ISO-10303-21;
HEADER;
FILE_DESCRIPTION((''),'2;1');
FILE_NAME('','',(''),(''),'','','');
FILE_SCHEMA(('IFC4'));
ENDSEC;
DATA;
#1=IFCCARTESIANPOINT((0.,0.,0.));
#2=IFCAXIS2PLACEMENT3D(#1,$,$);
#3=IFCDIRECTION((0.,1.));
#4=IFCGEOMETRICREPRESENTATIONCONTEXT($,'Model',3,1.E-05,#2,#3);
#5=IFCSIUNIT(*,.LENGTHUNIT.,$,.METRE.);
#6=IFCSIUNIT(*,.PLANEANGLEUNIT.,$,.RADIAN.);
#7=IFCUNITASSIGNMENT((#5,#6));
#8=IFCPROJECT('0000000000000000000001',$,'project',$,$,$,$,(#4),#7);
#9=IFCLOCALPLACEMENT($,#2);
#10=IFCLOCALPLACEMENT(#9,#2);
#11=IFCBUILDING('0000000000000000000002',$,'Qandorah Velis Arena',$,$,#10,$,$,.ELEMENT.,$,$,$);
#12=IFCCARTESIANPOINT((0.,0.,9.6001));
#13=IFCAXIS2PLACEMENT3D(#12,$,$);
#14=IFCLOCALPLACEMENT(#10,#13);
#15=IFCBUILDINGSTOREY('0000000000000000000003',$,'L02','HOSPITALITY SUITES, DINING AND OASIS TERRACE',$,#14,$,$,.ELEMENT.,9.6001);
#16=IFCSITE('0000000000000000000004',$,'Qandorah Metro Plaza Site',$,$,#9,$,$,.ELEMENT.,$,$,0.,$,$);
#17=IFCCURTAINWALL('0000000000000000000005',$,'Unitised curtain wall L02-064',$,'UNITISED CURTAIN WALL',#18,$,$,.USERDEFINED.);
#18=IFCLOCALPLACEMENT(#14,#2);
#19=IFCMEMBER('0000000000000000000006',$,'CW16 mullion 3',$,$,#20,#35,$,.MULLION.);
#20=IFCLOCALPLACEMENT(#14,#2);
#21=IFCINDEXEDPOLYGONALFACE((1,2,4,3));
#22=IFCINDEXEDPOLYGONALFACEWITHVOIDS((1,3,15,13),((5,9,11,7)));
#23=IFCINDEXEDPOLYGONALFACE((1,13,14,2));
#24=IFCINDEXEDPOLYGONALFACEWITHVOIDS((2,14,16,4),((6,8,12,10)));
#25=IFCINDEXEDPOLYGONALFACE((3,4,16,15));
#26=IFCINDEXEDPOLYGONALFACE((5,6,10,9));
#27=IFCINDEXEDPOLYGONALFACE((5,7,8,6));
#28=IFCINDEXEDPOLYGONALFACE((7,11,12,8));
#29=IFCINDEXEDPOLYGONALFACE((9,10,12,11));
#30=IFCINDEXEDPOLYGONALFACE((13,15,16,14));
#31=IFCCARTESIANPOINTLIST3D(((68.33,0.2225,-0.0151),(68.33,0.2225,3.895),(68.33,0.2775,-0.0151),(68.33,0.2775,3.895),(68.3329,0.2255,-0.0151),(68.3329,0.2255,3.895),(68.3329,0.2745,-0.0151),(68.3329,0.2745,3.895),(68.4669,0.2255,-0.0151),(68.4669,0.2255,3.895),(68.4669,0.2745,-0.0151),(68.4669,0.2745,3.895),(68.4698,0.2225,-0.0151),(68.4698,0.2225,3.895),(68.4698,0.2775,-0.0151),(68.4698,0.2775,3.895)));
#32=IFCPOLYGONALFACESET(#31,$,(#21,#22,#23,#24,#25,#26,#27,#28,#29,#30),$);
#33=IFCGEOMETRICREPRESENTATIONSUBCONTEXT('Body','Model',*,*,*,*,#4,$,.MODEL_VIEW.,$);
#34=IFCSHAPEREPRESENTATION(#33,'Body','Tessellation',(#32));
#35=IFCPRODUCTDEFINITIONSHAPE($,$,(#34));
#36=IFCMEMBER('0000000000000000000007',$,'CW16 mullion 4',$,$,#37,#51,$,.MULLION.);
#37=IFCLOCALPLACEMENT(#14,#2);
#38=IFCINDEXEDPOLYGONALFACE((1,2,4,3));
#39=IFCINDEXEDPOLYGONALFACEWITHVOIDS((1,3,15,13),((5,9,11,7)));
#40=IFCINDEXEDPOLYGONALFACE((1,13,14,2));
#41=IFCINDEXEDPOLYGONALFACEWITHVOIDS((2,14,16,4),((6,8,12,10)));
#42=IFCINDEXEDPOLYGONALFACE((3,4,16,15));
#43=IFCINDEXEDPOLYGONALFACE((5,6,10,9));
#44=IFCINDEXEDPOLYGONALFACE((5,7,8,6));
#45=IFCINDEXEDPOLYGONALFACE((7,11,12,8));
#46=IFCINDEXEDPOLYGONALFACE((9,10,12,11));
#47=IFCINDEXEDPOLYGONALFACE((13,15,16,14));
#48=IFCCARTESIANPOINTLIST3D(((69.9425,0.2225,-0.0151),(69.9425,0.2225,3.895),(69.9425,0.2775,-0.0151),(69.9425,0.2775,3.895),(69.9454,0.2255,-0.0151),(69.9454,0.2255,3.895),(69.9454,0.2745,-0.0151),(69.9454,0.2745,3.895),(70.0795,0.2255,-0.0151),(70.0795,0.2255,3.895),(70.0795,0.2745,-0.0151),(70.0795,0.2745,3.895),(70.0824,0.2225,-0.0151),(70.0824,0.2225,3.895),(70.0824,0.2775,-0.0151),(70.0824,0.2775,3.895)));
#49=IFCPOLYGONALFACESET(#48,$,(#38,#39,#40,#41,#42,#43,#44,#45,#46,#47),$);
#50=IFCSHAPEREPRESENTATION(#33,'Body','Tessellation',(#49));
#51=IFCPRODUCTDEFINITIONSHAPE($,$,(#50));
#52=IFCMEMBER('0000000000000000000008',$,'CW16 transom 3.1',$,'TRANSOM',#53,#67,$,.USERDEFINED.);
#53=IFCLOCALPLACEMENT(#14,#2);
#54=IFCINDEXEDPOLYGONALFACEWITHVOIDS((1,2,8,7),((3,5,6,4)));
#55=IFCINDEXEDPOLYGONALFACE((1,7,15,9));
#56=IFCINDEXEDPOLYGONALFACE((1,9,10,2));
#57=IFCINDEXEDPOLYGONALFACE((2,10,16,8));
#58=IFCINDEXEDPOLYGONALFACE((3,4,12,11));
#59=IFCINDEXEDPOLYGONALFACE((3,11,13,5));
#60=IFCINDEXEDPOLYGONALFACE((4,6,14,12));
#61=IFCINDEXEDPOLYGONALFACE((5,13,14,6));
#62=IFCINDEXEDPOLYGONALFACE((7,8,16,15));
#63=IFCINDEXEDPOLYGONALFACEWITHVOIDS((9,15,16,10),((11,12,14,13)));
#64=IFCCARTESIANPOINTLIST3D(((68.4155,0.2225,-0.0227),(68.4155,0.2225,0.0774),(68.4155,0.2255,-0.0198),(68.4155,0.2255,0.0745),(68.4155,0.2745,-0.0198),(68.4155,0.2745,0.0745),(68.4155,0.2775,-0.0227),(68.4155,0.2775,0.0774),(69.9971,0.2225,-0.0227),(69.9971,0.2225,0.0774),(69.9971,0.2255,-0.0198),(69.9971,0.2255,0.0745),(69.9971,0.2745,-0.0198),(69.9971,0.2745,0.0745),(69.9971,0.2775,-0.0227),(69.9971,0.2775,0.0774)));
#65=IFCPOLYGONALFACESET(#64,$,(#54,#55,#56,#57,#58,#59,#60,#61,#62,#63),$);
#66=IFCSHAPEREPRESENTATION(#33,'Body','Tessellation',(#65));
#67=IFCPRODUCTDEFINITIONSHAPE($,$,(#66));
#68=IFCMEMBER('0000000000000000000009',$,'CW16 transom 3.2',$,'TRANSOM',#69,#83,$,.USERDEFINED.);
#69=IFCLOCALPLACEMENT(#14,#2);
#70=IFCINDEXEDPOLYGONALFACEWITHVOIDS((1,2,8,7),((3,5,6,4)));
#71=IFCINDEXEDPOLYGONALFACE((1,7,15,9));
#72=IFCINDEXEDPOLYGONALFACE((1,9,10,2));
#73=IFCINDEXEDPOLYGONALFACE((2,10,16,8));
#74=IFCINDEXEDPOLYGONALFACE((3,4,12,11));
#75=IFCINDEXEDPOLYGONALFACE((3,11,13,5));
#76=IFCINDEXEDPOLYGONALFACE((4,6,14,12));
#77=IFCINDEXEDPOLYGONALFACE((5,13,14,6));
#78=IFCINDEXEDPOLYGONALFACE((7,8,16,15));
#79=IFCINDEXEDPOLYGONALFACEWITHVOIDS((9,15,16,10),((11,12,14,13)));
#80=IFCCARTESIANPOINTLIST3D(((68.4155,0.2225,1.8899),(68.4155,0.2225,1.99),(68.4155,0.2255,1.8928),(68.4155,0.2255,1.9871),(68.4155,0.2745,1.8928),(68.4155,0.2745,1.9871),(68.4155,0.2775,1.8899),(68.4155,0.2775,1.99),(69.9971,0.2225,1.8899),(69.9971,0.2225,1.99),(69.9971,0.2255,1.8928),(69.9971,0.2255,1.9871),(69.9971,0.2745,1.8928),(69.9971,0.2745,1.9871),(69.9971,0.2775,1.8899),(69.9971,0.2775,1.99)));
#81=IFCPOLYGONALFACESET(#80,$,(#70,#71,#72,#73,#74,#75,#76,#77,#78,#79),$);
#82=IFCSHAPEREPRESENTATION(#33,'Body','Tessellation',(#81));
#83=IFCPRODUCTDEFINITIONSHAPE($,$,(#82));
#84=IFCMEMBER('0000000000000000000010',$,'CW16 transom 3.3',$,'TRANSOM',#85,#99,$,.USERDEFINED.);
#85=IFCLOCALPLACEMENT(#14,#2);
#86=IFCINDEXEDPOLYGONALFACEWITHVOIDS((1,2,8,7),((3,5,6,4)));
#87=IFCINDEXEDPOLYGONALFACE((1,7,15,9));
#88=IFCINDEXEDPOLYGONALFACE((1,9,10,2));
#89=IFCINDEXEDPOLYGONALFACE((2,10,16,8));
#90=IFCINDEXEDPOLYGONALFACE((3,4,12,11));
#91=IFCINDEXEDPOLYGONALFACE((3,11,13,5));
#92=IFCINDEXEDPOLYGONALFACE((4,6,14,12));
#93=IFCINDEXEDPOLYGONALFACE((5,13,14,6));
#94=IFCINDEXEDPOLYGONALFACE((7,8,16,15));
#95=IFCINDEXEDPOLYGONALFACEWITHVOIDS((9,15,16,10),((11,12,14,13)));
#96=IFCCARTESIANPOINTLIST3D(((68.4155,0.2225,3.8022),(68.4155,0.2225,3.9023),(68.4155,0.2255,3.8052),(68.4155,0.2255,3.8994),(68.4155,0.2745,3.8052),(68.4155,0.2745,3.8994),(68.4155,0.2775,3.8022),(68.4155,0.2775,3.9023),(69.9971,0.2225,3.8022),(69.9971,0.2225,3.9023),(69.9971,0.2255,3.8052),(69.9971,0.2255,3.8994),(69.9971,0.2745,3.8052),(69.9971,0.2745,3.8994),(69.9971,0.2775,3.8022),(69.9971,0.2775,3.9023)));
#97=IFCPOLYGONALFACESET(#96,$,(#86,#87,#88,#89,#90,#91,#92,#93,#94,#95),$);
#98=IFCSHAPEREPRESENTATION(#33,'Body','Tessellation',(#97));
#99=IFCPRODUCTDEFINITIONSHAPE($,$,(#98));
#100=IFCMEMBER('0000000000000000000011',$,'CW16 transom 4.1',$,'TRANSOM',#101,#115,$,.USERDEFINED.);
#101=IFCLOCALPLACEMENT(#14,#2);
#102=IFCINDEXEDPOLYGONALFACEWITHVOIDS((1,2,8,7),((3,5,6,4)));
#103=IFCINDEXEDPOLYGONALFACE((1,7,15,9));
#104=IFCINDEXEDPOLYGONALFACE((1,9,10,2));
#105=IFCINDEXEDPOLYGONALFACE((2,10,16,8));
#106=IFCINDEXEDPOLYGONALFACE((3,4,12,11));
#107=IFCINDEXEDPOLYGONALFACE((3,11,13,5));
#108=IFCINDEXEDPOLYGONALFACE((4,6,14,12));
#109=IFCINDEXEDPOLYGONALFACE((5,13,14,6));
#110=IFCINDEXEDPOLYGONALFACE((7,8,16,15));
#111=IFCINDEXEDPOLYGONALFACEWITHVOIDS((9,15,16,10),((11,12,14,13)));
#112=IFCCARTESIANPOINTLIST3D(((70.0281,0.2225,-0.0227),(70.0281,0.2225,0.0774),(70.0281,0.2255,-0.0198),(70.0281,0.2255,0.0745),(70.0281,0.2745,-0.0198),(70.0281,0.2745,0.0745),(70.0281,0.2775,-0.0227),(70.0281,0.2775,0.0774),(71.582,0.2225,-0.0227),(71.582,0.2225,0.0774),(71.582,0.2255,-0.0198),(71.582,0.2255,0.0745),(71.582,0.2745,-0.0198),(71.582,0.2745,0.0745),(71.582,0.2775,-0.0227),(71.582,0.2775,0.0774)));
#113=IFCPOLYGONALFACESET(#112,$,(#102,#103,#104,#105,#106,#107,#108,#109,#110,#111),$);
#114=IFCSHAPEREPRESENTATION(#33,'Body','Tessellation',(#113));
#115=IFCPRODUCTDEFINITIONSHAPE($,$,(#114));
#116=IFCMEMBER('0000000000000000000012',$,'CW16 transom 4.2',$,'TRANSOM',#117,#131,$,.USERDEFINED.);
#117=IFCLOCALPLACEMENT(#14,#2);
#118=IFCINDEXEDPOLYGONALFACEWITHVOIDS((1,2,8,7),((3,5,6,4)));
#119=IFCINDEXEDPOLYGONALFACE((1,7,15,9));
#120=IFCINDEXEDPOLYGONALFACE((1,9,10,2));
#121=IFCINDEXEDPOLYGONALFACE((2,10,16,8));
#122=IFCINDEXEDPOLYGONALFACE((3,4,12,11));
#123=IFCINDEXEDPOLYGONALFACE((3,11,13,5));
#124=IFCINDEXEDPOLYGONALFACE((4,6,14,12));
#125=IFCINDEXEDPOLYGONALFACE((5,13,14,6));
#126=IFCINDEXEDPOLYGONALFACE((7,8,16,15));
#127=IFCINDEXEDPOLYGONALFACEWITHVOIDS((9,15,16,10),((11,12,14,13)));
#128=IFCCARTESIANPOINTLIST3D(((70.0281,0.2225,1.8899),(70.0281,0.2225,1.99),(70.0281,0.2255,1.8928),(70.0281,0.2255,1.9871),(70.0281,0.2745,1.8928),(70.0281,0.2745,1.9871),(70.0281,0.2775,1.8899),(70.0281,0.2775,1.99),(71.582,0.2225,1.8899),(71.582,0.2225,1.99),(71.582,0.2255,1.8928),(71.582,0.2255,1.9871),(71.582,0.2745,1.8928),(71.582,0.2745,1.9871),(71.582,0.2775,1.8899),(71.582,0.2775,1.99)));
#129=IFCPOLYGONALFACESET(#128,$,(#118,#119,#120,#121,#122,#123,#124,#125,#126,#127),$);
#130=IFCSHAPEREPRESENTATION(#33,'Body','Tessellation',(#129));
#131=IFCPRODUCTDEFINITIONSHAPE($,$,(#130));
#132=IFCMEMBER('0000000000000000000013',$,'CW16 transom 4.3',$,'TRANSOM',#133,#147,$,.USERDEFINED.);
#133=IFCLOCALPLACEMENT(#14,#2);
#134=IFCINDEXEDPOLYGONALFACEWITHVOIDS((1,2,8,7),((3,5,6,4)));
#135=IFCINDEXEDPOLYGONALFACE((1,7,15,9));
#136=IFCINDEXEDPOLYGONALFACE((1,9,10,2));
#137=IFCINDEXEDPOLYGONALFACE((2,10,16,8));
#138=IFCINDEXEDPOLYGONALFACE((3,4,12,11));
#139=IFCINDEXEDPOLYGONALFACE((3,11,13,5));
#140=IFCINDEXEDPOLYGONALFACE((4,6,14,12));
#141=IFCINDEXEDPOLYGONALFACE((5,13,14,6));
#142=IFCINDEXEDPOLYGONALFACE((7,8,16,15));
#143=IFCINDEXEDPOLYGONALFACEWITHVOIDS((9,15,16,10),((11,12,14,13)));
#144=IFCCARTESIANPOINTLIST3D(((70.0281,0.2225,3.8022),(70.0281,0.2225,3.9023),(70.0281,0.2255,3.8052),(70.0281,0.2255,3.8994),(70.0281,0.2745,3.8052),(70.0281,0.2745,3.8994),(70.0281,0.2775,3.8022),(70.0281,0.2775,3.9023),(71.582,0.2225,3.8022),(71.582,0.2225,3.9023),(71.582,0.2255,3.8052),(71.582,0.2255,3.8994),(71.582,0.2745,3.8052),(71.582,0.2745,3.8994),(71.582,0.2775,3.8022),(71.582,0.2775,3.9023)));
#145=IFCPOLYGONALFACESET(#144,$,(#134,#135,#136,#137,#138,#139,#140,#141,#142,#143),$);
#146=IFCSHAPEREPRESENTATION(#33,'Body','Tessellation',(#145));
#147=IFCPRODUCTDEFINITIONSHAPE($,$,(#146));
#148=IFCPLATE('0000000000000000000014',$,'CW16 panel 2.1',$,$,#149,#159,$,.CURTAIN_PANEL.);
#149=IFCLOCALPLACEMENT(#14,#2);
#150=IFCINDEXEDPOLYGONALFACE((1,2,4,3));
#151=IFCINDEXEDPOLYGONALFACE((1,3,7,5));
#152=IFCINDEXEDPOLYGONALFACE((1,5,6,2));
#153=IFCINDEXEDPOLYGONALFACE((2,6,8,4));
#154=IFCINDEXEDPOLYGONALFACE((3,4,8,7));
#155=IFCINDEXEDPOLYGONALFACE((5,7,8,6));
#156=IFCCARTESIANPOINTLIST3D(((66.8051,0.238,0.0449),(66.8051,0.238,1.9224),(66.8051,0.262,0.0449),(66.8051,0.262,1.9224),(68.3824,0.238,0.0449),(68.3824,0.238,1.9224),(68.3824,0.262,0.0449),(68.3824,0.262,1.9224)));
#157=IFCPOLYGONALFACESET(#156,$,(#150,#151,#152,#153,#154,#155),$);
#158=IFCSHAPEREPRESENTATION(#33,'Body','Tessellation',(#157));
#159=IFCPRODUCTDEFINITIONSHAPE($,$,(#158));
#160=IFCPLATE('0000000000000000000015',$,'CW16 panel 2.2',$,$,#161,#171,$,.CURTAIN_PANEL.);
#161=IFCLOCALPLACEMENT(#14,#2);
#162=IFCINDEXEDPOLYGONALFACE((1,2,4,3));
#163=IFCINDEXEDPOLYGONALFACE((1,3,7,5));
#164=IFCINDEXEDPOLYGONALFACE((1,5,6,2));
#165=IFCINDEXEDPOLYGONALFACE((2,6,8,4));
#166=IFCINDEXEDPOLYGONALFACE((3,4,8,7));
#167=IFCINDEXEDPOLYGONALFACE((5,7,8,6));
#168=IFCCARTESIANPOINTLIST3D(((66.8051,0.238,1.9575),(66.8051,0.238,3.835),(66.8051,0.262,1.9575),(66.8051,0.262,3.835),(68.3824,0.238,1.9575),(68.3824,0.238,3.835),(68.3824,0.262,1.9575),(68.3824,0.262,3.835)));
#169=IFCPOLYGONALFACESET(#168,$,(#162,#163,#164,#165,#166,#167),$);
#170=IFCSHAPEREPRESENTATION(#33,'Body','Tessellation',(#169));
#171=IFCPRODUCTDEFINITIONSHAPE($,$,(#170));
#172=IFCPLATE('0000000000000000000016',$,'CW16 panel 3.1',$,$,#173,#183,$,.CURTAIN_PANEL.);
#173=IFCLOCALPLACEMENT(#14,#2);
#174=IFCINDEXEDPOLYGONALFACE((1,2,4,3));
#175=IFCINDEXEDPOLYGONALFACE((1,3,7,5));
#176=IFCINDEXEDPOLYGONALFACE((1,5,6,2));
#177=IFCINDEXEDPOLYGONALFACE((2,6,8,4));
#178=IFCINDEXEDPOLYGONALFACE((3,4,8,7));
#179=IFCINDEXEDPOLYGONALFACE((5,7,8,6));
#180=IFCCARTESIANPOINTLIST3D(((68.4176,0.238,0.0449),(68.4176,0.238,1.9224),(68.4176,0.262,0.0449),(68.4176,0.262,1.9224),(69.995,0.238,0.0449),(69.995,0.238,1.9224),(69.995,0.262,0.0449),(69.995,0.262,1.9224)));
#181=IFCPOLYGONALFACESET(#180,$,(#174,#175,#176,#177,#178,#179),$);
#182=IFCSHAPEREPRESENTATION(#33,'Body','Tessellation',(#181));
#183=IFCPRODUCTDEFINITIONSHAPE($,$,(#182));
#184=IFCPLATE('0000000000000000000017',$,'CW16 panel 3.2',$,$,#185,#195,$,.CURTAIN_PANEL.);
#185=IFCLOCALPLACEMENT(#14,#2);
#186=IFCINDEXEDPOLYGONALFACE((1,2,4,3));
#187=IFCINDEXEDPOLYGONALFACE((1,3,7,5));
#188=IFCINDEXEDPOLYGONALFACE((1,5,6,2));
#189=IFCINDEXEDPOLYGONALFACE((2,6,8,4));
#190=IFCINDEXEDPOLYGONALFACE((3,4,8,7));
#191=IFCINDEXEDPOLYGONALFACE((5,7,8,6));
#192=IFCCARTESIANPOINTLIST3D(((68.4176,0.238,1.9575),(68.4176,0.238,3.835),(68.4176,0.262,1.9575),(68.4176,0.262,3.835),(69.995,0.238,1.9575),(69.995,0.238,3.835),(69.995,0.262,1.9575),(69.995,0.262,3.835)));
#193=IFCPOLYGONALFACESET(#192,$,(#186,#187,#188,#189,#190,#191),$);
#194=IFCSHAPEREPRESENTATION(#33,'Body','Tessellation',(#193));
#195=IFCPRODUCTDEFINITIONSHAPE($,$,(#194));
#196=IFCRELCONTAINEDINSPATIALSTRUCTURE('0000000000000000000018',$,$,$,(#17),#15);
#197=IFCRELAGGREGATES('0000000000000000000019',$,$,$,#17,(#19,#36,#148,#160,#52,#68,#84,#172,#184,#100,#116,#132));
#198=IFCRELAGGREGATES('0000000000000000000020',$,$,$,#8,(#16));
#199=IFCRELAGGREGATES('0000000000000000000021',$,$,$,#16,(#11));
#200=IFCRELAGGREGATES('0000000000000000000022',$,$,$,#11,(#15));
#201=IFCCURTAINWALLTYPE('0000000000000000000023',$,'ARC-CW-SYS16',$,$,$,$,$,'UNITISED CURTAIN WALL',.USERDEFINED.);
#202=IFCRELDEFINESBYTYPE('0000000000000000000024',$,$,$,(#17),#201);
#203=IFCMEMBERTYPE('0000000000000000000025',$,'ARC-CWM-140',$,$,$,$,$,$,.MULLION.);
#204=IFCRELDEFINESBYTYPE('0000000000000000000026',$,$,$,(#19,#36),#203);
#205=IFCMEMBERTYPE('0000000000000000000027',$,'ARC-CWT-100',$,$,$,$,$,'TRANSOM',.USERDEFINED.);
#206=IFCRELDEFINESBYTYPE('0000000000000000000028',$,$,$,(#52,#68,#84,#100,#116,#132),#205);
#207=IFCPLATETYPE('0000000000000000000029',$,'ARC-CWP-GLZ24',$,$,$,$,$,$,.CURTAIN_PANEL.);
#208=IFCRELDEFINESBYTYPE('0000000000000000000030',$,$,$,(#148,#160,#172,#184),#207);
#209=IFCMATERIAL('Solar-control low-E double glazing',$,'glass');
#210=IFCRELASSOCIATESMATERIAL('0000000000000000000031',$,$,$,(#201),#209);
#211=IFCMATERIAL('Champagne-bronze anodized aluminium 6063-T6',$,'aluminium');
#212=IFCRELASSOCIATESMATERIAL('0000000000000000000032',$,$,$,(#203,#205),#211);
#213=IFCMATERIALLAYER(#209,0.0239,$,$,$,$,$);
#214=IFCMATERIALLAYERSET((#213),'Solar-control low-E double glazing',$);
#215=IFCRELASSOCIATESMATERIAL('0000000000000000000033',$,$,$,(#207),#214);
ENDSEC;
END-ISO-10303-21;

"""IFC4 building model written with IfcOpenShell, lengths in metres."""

from ifc_helpers import new_model, si_unit, direction, frame, origin, origin_2d, place, context, subcontext, project, spatial, rectangle, hollow_rectangle, extrude, material, layer, layer_set, material_profile, profile_set, type_object, element, aggregate, save


model = new_model("IFC4")

# Units and contexts
model_context = context("Model", 3, precision=1e-05, world=origin(), true_north=direction((0.0, 1.0)))
body_context = subcontext(model_context, "Body", "Model", "MODEL_VIEW")
ifc_project = project(units=[si_unit("LENGTHUNIT", "METRE"), si_unit("PLANEANGLEUNIT", "RADIAN")], contexts=[model_context])

# Site, building, storey
site_placement = place(None, origin())
site = spatial("IfcSite", under=ifc_project, at=site_placement, Name="Qandorah Metro Plaza Site", CompositionType="ELEMENT", RefElevation=0.0)
building_placement = place(site_placement, origin())
building = spatial("IfcBuilding", under=site, at=building_placement, Name="Qandorah Velis Arena", CompositionType="ELEMENT")
storey_placement = place(building_placement, frame((0.0, 0.0, 9.6001)))
storey = spatial("IfcBuildingStorey", under=building, at=storey_placement, Name="L02", Description="HOSPITALITY SUITES, DINING AND OASIS TERRACE", CompositionType="ELEMENT", Elevation=9.6001)

# Curtain wall, members, plates
ifc_material_1 = material(Name="Solar-control low-E double glazing", Category="glass")
curtain_wall_type = type_object("IfcCurtainWallType", Name="ARC-CW-SYS16", ElementType="UNITISED CURTAIN WALL", PredefinedType="USERDEFINED", material=ifc_material_1)
curtain_wall_placement = place(storey_placement, origin())
curtain_wall = element("IfcCurtainWall", 1, at=curtain_wall_placement, inside=storey, type_object=curtain_wall_type, Name="Unitised curtain wall L02-064", ObjectType="UNITISED CURTAIN WALL", PredefinedType="USERDEFINED")
ifc_material_2 = material(Name="Champagne-bronze anodized aluminium 6063-T6", Category="aluminium")
ifc_material_profile_1 = material_profile(ifc_material_2, hollow_rectangle(XDim=0.0549, YDim=0.1399, WallThickness=0.0029, at=origin_2d()), Name="ALU MULLION 55x140")
ifc_profile_set_1 = profile_set([ifc_material_profile_1], Name="Champagne-bronze anodized aluminium 6063-T6")
member_type_1 = type_object("IfcMemberType", Name="ARC-CWM-140", PredefinedType="MULLION", material=ifc_profile_set_1)
member_1_placement = place(storey_placement, frame((68.3999, 0.25, -0.0151), z_axis=(0.0, 0.0, 1.0), x_axis=(0.0, 1.0, 0.0)))
member_1 = element("IfcMember", 2, at=member_1_placement, type_object=member_type_1, Name="CW16 mullion 3", PredefinedType="MULLION", context=body_context, shape_type="SweptSolid", body=[
    extrude(hollow_rectangle(XDim=0.0549, YDim=0.1399, WallThickness=0.0029, at=origin_2d()), origin(), (0.0, 0.0, 1.0), 3.9102),
])
member_2_placement = place(storey_placement, frame((70.0125, 0.25, -0.0151), z_axis=(0.0, 0.0, 1.0), x_axis=(0.0, 1.0, 0.0)))
member_2 = element("IfcMember", 3, at=member_2_placement, type_object=member_type_1, Name="CW16 mullion 4", PredefinedType="MULLION", context=body_context, shape_type="SweptSolid", body=[
    extrude(hollow_rectangle(XDim=0.0549, YDim=0.1399, WallThickness=0.0029, at=origin_2d()), origin(), (0.0, 0.0, 1.0), 3.9102),
])
ifc_material_profile_2 = material_profile(ifc_material_2, hollow_rectangle(XDim=0.0549, YDim=0.1001, WallThickness=0.0029, at=origin_2d()), Name="ALU TRANSOM 55x100")
ifc_profile_set_2 = profile_set([ifc_material_profile_2], Name="Champagne-bronze anodized aluminium 6063-T6")
member_type_2 = type_object("IfcMemberType", Name="ARC-CWT-100", ElementType="TRANSOM", PredefinedType="USERDEFINED", material=ifc_profile_set_2)
member_3_placement = place(storey_placement, frame((68.4155, 0.25, 0.0273), z_axis=(1.0, 0.0, 0.0), x_axis=(0.0, 1.0, 0.0)))
member_3 = element("IfcMember", 4, at=member_3_placement, type_object=member_type_2, Name="CW16 transom 3.1", ObjectType="TRANSOM", PredefinedType="USERDEFINED", context=body_context, shape_type="SweptSolid", body=[
    extrude(hollow_rectangle(XDim=0.0549, YDim=0.1001, WallThickness=0.0029, at=origin_2d()), origin(), (0.0, 0.0, 1.0), 1.5815),
])
member_4_placement = place(storey_placement, frame((68.4155, 0.25, 1.9399), z_axis=(1.0, 0.0, 0.0), x_axis=(0.0, 1.0, 0.0)))
member_4 = element("IfcMember", 5, at=member_4_placement, type_object=member_type_2, Name="CW16 transom 3.2", ObjectType="TRANSOM", PredefinedType="USERDEFINED", context=body_context, shape_type="SweptSolid", body=[
    extrude(hollow_rectangle(XDim=0.0549, YDim=0.1001, WallThickness=0.0029, at=origin_2d()), origin(), (0.0, 0.0, 1.0), 1.5815),
])
member_5_placement = place(storey_placement, frame((68.4155, 0.25, 3.8523), z_axis=(1.0, 0.0, 0.0), x_axis=(0.0, 1.0, 0.0)))
member_5 = element("IfcMember", 6, at=member_5_placement, type_object=member_type_2, Name="CW16 transom 3.3", ObjectType="TRANSOM", PredefinedType="USERDEFINED", context=body_context, shape_type="SweptSolid", body=[
    extrude(hollow_rectangle(XDim=0.0549, YDim=0.1001, WallThickness=0.0029, at=origin_2d()), origin(), (0.0, 0.0, 1.0), 1.5815),
])
member_6_placement = place(storey_placement, frame((70.0281, 0.25, 0.0273), z_axis=(1.0, 0.0, 0.0), x_axis=(0.0, 1.0, 0.0)))
member_6 = element("IfcMember", 7, at=member_6_placement, type_object=member_type_2, Name="CW16 transom 4.1", ObjectType="TRANSOM", PredefinedType="USERDEFINED", context=body_context, shape_type="SweptSolid", body=[
    extrude(hollow_rectangle(XDim=0.0549, YDim=0.1001, WallThickness=0.0029, at=origin_2d()), origin(), (0.0, 0.0, 1.0), 1.554),
])
member_7_placement = place(storey_placement, frame((70.0281, 0.25, 1.9399), z_axis=(1.0, 0.0, 0.0), x_axis=(0.0, 1.0, 0.0)))
member_7 = element("IfcMember", 8, at=member_7_placement, type_object=member_type_2, Name="CW16 transom 4.2", ObjectType="TRANSOM", PredefinedType="USERDEFINED", context=body_context, shape_type="SweptSolid", body=[
    extrude(hollow_rectangle(XDim=0.0549, YDim=0.1001, WallThickness=0.0029, at=origin_2d()), origin(), (0.0, 0.0, 1.0), 1.554),
])
member_8_placement = place(storey_placement, frame((70.0281, 0.25, 3.8523), z_axis=(1.0, 0.0, 0.0), x_axis=(0.0, 1.0, 0.0)))
member_8 = element("IfcMember", 9, at=member_8_placement, type_object=member_type_2, Name="CW16 transom 4.3", ObjectType="TRANSOM", PredefinedType="USERDEFINED", context=body_context, shape_type="SweptSolid", body=[
    extrude(hollow_rectangle(XDim=0.0549, YDim=0.1001, WallThickness=0.0029, at=origin_2d()), origin(), (0.0, 0.0, 1.0), 1.554),
])
ifc_layer_1 = layer(ifc_material_1, 0.0239)
ifc_layer_set_1 = layer_set([ifc_layer_1], Name="Solar-control low-E double glazing")
plate_type = type_object("IfcPlateType", Name="ARC-CWP-GLZ24", PredefinedType="CURTAIN_PANEL", material=ifc_layer_set_1)
plate_1_placement = place(storey_placement, frame((67.5938, 0.25, 0.0449), z_axis=(0.0, 0.0, 1.0), x_axis=(1.0, 0.0, 0.0)))
plate_1 = element("IfcPlate", 10, at=plate_1_placement, type_object=plate_type, Name="CW16 panel 2.1", PredefinedType="CURTAIN_PANEL", context=body_context, shape_type="SweptSolid", body=[
    extrude(rectangle(XDim=1.5774, YDim=0.0239, at=origin_2d()), origin(), (0.0, 0.0, 1.0), 1.8774),
])
plate_2_placement = place(storey_placement, frame((67.5938, 0.25, 1.9575), z_axis=(0.0, 0.0, 1.0), x_axis=(1.0, 0.0, 0.0)))
plate_2 = element("IfcPlate", 11, at=plate_2_placement, type_object=plate_type, Name="CW16 panel 2.2", PredefinedType="CURTAIN_PANEL", context=body_context, shape_type="SweptSolid", body=[
    extrude(rectangle(XDim=1.5774, YDim=0.0239, at=origin_2d()), origin(), (0.0, 0.0, 1.0), 1.8774),
])
plate_3_placement = place(storey_placement, frame((69.2063, 0.25, 0.0449), z_axis=(0.0, 0.0, 1.0), x_axis=(1.0, 0.0, 0.0)))
plate_3 = element("IfcPlate", 12, at=plate_3_placement, type_object=plate_type, Name="CW16 panel 3.1", PredefinedType="CURTAIN_PANEL", context=body_context, shape_type="SweptSolid", body=[
    extrude(rectangle(XDim=1.5774, YDim=0.0239, at=origin_2d()), origin(), (0.0, 0.0, 1.0), 1.8774),
])
plate_4_placement = place(storey_placement, frame((69.2063, 0.25, 1.9575), z_axis=(0.0, 0.0, 1.0), x_axis=(1.0, 0.0, 0.0)))
plate_4 = element("IfcPlate", 13, at=plate_4_placement, type_object=plate_type, Name="CW16 panel 3.2", PredefinedType="CURTAIN_PANEL", context=body_context, shape_type="SweptSolid", body=[
    extrude(rectangle(XDim=1.5774, YDim=0.0239, at=origin_2d()), origin(), (0.0, 0.0, 1.0), 1.8774),
])
aggregate(curtain_wall, [member_1, member_2, plate_1, plate_2, member_3, member_4, member_5, plate_3, plate_4, member_6, member_7, member_8])

save(model, "model.ifc")
